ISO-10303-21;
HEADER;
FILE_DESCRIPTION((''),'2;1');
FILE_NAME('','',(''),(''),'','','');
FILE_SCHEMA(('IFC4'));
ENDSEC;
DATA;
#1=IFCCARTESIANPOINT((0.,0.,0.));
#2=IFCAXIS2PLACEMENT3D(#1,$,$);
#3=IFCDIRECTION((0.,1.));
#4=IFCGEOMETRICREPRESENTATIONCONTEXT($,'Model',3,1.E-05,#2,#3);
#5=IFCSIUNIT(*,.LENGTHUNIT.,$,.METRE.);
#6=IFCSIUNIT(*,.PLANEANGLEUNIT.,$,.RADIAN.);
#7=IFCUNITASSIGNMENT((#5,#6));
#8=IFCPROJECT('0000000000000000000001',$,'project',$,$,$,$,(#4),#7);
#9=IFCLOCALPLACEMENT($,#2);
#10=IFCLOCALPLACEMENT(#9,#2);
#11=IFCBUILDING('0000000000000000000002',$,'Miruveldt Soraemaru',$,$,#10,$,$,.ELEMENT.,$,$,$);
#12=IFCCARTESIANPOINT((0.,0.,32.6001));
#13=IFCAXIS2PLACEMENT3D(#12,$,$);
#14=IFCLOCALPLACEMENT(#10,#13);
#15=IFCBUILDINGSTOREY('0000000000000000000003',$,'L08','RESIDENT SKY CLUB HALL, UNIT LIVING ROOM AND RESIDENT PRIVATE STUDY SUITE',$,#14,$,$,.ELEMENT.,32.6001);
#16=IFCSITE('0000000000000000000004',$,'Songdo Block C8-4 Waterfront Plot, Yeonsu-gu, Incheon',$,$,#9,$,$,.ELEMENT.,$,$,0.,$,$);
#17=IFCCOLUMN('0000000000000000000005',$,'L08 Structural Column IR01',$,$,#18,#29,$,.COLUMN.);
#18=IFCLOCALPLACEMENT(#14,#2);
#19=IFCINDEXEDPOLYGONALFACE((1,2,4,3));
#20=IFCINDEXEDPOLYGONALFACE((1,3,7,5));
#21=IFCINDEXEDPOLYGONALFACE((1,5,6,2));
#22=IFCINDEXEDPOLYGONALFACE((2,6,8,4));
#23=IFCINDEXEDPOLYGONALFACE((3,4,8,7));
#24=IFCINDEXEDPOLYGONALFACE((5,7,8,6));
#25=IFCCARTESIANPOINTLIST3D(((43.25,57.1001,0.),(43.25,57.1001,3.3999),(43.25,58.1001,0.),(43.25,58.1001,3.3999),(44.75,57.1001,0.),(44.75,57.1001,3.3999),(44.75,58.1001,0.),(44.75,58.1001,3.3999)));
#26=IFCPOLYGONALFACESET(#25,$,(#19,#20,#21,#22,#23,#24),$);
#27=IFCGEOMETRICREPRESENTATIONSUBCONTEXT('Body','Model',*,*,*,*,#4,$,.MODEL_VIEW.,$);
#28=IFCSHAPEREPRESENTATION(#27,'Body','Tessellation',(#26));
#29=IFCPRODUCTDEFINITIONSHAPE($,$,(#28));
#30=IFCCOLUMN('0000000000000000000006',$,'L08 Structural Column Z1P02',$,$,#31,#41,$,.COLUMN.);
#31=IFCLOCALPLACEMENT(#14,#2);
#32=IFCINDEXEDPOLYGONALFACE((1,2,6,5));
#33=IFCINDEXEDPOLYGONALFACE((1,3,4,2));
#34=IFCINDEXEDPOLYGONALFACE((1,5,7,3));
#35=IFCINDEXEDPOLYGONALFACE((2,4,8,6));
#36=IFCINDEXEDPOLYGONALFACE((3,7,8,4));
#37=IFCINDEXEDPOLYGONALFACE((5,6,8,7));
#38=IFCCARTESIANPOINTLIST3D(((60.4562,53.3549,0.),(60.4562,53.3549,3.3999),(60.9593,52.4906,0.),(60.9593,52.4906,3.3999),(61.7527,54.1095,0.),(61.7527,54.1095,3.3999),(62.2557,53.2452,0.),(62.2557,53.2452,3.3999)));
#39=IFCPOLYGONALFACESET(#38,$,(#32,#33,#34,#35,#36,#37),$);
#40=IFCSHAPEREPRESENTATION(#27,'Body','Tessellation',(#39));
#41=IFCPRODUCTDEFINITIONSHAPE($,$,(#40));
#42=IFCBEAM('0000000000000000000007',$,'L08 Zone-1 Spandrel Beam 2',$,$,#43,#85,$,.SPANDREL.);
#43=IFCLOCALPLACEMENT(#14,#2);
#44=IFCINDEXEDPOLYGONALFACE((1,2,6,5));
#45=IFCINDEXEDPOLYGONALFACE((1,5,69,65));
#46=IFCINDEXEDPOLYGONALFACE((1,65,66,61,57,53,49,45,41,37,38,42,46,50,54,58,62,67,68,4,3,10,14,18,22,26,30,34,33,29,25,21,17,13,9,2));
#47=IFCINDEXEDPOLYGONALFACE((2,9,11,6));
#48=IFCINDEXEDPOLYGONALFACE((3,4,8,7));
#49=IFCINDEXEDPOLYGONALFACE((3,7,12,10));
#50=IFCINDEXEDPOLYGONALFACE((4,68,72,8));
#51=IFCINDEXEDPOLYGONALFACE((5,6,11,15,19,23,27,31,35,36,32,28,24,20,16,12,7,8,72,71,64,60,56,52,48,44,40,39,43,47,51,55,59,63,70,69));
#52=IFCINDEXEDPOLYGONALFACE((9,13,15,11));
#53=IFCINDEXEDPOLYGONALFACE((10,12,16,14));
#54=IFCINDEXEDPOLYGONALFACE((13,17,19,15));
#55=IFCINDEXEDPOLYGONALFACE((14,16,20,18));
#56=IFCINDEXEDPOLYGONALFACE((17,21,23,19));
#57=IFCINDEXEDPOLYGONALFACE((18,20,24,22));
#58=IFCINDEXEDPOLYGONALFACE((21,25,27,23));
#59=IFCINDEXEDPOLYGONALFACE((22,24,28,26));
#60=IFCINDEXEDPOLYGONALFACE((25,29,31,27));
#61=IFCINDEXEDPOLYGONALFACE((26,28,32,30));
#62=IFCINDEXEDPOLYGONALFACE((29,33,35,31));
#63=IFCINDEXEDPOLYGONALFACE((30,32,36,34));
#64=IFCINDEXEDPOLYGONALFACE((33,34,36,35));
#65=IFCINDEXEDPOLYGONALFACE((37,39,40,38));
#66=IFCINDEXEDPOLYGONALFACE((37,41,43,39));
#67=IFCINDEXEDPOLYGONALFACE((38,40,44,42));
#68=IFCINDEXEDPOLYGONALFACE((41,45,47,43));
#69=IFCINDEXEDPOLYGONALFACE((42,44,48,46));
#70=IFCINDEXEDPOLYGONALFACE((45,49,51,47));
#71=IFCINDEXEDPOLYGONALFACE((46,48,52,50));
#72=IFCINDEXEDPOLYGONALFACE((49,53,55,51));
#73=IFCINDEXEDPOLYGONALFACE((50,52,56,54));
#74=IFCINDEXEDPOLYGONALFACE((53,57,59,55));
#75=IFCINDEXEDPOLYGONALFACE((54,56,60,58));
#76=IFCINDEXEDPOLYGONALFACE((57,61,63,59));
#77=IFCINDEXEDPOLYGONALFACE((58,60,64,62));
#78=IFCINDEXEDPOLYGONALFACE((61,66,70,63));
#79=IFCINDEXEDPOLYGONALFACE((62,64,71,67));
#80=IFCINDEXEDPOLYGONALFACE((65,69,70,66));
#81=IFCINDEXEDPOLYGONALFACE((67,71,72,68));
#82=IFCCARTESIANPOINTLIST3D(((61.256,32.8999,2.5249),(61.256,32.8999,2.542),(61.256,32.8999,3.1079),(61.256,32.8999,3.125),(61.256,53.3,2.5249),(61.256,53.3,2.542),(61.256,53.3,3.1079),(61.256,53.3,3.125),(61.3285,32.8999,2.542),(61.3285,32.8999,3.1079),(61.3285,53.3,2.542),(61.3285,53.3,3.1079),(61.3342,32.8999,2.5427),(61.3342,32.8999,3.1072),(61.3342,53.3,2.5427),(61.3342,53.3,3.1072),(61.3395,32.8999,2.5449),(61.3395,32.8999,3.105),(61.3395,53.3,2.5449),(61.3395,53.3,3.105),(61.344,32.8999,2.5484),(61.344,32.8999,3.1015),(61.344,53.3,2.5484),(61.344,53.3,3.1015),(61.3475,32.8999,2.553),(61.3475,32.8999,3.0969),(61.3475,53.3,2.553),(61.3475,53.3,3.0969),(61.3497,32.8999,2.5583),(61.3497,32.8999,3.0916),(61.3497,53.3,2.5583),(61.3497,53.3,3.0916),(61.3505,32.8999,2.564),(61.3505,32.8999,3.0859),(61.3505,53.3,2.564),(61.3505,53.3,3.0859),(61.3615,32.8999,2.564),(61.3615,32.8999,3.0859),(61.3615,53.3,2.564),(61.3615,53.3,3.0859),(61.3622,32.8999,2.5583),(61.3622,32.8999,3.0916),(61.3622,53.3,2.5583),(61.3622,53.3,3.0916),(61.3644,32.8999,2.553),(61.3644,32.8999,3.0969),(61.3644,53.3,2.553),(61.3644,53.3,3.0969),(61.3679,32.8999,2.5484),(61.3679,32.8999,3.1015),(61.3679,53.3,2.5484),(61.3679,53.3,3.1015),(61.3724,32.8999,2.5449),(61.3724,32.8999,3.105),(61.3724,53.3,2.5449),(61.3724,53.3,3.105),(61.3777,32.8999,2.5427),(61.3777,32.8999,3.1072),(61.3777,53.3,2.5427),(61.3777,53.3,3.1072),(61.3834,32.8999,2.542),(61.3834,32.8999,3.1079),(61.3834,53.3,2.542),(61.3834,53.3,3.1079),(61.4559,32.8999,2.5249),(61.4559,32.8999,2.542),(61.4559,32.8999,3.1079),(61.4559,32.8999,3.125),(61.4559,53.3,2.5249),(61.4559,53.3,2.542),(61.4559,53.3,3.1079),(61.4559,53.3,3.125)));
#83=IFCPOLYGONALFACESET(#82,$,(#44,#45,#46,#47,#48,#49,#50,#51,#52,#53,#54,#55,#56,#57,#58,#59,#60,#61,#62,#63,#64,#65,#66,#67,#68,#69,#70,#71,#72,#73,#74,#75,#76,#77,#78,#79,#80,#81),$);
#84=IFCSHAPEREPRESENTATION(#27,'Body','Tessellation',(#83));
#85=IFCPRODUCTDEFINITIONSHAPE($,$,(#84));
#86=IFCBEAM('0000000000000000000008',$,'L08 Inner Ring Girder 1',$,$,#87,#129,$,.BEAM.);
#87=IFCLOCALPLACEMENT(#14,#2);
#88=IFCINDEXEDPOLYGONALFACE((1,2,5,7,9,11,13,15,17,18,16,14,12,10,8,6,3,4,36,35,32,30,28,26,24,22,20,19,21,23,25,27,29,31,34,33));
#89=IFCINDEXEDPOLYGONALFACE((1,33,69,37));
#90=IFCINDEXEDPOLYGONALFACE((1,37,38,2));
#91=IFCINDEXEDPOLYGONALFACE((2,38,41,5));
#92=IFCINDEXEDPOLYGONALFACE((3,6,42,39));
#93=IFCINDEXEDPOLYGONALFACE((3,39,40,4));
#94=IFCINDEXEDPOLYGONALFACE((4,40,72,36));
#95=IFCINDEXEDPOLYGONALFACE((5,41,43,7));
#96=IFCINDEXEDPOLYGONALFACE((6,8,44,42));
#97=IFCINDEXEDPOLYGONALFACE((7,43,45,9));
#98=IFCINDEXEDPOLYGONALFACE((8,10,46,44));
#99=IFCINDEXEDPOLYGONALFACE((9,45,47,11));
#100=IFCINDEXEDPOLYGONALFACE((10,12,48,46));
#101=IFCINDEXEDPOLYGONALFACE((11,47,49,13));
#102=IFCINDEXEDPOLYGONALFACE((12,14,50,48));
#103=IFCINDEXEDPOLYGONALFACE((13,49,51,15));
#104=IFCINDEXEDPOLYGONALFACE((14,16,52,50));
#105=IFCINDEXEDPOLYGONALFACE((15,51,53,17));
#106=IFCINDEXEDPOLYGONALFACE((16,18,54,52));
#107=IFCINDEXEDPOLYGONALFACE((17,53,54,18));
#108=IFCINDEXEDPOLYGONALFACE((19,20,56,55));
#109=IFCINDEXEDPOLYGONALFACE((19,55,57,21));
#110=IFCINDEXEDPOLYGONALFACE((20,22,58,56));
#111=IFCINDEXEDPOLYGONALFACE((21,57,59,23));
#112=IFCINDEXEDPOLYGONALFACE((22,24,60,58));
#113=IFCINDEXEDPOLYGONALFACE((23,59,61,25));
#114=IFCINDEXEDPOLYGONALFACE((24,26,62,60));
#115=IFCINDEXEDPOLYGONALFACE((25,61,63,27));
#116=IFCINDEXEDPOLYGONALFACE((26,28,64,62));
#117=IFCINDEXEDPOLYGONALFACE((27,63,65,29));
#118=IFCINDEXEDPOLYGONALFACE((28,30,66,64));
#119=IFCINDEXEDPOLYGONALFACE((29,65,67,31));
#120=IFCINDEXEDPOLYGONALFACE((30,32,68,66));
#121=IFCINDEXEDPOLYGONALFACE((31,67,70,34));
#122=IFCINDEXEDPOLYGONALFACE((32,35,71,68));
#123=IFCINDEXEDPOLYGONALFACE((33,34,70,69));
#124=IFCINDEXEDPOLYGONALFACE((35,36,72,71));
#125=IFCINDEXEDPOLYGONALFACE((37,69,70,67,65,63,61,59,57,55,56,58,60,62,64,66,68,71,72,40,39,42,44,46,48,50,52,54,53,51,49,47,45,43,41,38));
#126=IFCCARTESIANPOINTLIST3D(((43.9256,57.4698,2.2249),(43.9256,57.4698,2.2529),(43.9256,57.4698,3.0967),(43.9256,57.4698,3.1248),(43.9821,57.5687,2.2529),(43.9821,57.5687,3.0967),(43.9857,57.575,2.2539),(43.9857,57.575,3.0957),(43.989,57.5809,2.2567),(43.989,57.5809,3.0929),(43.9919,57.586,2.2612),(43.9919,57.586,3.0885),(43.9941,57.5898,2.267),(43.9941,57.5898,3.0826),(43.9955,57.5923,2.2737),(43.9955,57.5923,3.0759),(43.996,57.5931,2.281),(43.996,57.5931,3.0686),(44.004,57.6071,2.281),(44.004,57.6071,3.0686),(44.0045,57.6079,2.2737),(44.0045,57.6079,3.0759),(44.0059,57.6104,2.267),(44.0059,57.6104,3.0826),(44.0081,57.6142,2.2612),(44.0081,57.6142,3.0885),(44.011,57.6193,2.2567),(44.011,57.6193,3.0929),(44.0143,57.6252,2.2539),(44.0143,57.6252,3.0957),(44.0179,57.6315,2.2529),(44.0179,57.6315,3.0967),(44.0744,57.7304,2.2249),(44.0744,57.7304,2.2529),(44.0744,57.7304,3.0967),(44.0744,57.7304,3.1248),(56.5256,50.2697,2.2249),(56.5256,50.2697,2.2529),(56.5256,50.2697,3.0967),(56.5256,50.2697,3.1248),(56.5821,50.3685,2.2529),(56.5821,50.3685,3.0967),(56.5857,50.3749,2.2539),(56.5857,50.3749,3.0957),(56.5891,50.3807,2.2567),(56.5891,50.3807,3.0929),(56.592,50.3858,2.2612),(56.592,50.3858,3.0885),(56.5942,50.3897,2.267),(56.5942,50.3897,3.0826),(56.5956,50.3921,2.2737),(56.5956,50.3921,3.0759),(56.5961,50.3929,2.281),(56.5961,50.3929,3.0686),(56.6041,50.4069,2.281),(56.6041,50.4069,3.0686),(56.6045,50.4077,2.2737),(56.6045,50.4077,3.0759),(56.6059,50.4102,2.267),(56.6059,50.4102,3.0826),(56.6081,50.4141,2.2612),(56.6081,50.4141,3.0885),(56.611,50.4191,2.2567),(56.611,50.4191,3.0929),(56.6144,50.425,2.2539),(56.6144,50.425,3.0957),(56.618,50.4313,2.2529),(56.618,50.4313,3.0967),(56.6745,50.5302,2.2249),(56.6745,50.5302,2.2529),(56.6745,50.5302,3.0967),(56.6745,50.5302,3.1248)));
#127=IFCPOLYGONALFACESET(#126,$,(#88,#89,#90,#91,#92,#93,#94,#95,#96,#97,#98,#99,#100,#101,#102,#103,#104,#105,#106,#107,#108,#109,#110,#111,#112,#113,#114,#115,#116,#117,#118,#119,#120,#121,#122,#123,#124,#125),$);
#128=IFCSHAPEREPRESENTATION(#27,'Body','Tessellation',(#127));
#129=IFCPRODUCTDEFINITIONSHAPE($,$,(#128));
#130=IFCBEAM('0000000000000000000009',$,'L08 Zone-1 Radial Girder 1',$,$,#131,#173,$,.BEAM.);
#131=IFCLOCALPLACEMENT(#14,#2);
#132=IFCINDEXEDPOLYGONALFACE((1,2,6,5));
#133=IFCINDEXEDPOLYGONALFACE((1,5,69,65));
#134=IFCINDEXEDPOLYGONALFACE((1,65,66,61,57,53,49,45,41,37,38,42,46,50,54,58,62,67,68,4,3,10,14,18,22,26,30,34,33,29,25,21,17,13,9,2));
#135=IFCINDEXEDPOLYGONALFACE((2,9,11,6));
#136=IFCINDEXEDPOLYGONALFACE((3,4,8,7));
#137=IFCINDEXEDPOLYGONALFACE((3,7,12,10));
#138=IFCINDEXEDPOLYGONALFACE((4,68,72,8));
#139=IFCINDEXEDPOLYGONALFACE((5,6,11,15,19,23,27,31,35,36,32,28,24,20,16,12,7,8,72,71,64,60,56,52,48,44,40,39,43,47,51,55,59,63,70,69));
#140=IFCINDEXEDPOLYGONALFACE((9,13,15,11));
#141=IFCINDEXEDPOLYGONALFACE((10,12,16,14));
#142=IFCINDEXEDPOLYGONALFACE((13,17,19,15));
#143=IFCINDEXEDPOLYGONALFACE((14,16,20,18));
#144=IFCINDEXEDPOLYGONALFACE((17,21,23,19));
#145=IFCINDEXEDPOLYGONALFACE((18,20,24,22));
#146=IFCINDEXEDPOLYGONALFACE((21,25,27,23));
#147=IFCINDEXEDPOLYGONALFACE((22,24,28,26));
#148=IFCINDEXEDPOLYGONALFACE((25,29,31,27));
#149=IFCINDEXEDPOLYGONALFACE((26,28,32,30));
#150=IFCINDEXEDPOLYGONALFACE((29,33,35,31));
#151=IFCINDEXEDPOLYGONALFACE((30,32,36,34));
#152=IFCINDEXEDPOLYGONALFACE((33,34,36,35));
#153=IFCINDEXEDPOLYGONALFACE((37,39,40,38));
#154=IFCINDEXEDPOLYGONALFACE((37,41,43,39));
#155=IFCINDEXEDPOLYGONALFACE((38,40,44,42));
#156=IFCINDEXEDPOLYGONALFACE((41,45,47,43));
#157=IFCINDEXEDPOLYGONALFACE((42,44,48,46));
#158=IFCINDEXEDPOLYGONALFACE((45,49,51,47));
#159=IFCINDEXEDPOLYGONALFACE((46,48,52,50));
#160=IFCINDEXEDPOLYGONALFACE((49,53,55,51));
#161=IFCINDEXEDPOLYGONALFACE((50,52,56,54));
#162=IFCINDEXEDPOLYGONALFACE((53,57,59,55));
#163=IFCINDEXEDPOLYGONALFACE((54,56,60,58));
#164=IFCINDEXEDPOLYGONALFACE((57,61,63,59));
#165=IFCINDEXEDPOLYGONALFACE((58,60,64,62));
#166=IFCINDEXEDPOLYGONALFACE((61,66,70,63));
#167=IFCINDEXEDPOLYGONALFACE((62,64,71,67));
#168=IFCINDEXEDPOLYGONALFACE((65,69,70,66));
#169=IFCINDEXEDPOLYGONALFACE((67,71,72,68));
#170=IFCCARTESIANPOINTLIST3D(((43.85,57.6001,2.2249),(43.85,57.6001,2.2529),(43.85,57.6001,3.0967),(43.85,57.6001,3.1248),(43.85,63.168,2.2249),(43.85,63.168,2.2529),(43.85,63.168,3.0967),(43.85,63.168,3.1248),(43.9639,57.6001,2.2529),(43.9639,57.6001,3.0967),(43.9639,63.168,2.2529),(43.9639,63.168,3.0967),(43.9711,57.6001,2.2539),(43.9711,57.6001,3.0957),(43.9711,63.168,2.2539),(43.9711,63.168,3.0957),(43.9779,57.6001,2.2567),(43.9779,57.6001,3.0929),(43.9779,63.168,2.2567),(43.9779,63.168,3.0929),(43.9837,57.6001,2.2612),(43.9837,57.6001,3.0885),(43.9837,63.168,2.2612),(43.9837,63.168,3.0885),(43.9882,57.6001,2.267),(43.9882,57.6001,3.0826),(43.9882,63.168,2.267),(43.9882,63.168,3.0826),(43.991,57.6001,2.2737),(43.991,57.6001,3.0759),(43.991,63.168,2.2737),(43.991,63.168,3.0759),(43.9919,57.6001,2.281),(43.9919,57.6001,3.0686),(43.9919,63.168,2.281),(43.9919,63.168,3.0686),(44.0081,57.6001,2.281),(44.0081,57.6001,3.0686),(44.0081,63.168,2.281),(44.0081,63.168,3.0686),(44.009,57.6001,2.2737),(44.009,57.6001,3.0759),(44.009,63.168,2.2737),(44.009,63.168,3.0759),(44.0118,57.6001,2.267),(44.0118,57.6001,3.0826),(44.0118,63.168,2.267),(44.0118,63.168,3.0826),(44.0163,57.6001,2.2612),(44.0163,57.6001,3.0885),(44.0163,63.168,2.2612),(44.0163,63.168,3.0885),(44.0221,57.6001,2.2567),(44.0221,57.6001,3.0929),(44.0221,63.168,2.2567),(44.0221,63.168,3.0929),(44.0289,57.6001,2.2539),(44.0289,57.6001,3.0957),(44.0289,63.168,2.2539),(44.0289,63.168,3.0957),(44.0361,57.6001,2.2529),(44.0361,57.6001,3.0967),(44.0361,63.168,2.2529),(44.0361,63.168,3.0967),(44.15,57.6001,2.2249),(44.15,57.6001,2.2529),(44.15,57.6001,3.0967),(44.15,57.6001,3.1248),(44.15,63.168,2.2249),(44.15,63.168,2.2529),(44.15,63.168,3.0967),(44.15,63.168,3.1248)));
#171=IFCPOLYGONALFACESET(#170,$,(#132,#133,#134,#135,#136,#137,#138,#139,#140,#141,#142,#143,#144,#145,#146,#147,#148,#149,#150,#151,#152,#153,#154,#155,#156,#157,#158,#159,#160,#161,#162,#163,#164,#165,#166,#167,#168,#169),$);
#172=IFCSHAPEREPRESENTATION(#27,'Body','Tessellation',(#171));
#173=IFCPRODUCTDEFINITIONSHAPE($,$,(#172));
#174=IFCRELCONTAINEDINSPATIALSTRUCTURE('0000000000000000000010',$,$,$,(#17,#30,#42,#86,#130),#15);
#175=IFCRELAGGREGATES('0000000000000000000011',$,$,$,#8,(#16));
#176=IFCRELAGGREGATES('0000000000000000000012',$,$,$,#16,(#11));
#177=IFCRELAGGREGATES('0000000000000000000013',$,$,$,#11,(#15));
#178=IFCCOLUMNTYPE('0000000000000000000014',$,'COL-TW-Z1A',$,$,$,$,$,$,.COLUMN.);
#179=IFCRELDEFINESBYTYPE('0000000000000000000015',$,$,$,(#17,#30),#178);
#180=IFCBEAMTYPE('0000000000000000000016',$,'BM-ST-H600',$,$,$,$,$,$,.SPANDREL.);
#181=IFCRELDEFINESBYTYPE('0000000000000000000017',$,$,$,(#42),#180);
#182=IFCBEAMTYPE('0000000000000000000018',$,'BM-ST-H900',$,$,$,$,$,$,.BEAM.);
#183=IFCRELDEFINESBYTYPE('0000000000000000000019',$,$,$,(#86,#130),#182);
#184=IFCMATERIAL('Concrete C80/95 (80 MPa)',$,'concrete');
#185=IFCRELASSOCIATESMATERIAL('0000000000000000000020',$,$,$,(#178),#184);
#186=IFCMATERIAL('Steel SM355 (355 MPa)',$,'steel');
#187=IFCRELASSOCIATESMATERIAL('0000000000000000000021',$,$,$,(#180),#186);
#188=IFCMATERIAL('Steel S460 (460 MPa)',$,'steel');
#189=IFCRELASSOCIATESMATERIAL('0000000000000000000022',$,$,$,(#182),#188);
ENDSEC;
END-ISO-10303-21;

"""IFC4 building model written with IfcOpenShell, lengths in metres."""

from ifc_helpers import new_model, si_unit, direction, frame, origin, origin_2d, place, context, subcontext, project, spatial, rectangle, i_section, extrude, material, material_profile, profile_set, type_object, element, save


model = new_model("IFC4")

# Units and contexts
model_context = context("Model", 3, precision=1e-05, world=origin(), true_north=direction((0.0, 1.0)))
body_context = subcontext(model_context, "Body", "Model", "MODEL_VIEW")
ifc_project = project(units=[si_unit("LENGTHUNIT", "METRE"), si_unit("PLANEANGLEUNIT", "RADIAN")], contexts=[model_context])

# Site, building, storey
site_placement = place(None, origin())
site = spatial("IfcSite", under=ifc_project, at=site_placement, Name="Songdo Block C8-4 Waterfront Plot, Yeonsu-gu, Incheon", CompositionType="ELEMENT", RefElevation=0.0)
building_placement = place(site_placement, origin())
building = spatial("IfcBuilding", under=site, at=building_placement, Name="Miruveldt Soraemaru", CompositionType="ELEMENT")
storey_placement = place(building_placement, frame((0.0, 0.0, 32.6001)))
storey = spatial("IfcBuildingStorey", under=building, at=storey_placement, Name="L08", Description="RESIDENT SKY CLUB HALL, UNIT LIVING ROOM AND RESIDENT PRIVATE STUDY SUITE", CompositionType="ELEMENT", Elevation=32.6001)

# Columns
ifc_material_1 = material(Name="Concrete C80/95 (80 MPa)", Category="concrete")
ifc_material_profile_1 = material_profile(ifc_material_1, rectangle(XDim=1.5, YDim=1.0, at=origin_2d()), Name="Concrete C80/95 (80 MPa)", Category="concrete")
ifc_profile_set_1 = profile_set([ifc_material_profile_1], Name="Concrete C80/95 (80 MPa)")
column_type = type_object("IfcColumnType", Name="COL-TW-Z1A", PredefinedType="COLUMN", material=ifc_profile_set_1)
for number, where, z_axis, x_axis, name in (
    (1, (44.0, 57.6001, 0.0), (0.0, 0.0, 1.0), (1.0, 0.0, 0.0), "L08 Structural Column IR01"),
    (2, (61.356, 53.3, 0.0), (0.0, 0.0, 1.0), (0.864275, 0.50302, 0.0), "L08 Structural Column Z1P02"),
):
    element("IfcColumn", number, at=place(storey_placement, frame(where, z_axis=z_axis, x_axis=x_axis)), inside=storey, type_object=column_type, Name=name, PredefinedType="COLUMN", context=body_context, shape_type="SweptSolid", body=[
        extrude(rectangle(XDim=1.5, YDim=1.0, at=origin_2d()), origin(), (0.0, 0.0, 1.0), 3.3999),
    ])

# Beams
ifc_material_2 = material(Name="Steel SM355 (355 MPa)", Category="steel")
ifc_material_profile_2 = material_profile(ifc_material_2, i_section(OverallWidth=0.2, OverallDepth=0.6001, WebThickness=0.011, FlangeThickness=0.0171, FilletRadius=0.022, at=origin_2d()), Name="Steel SM355 (355 MPa)", Category="steel")
ifc_profile_set_2 = profile_set([ifc_material_profile_2], Name="Steel SM355 (355 MPa)")
beam_type_1 = type_object("IfcBeamType", Name="BM-ST-H600", PredefinedType="SPANDREL", material=ifc_profile_set_2)
beam_1_placement = place(storey_placement, frame((61.356, 53.3, 2.825), z_axis=(0.0, -1.0, 0.0), x_axis=(1.0, 0.0, 0.0)))
element("IfcBeam", 3, at=beam_1_placement, inside=storey, type_object=beam_type_1, Name="L08 Zone-1 Spandrel Beam 2", PredefinedType="SPANDREL", context=body_context, shape_type="SweptSolid", body=[
    extrude(i_section(OverallWidth=0.2, OverallDepth=0.6001, WebThickness=0.011, FlangeThickness=0.0171, FilletRadius=0.022, at=origin_2d()), origin(), (0.0, 0.0, 1.0), 20.4001),
])
ifc_material_3 = material(Name="Steel S460 (460 MPa)", Category="steel")
ifc_material_profile_3 = material_profile(ifc_material_3, i_section(OverallWidth=0.3, OverallDepth=0.8999, WebThickness=0.0161, FlangeThickness=0.0281, FilletRadius=0.0281, at=origin_2d()), Name="Steel S460 (460 MPa)", Category="steel")
ifc_profile_set_3 = profile_set([ifc_material_profile_3], Name="Steel S460 (460 MPa)")
beam_type_2 = type_object("IfcBeamType", Name="BM-ST-H900", PredefinedType="BEAM", material=ifc_profile_set_3)
beam_2_placement = place(storey_placement, frame((44.0, 57.6001, 2.6748), z_axis=(0.868239, -0.496146, 0.0), x_axis=(0.496146, 0.868239, 0.0)))
element("IfcBeam", 4, at=beam_2_placement, inside=storey, type_object=beam_type_2, Name="L08 Inner Ring Girder 1", PredefinedType="BEAM", context=body_context, shape_type="SweptSolid", body=[
    extrude(i_section(OverallWidth=0.3, OverallDepth=0.8999, WebThickness=0.0161, FlangeThickness=0.0281, FilletRadius=0.0281, at=origin_2d()), origin(), (0.0, 0.0, 1.0), 14.5122),
])
beam_3_placement = place(storey_placement, frame((44.0, 57.6001, 2.6748), z_axis=(0.0, 1.0, 0.0), x_axis=(-1.0, 0.0, 0.0)))
element("IfcBeam", 5, at=beam_3_placement, inside=storey, type_object=beam_type_2, Name="L08 Zone-1 Radial Girder 1", PredefinedType="BEAM", context=body_context, shape_type="SweptSolid", body=[
    extrude(i_section(OverallWidth=0.3, OverallDepth=0.8999, WebThickness=0.0161, FlangeThickness=0.0281, FilletRadius=0.0281, at=origin_2d()), origin(), (0.0, 0.0, 1.0), 5.5679),
])

save(model, "model.ifc")
